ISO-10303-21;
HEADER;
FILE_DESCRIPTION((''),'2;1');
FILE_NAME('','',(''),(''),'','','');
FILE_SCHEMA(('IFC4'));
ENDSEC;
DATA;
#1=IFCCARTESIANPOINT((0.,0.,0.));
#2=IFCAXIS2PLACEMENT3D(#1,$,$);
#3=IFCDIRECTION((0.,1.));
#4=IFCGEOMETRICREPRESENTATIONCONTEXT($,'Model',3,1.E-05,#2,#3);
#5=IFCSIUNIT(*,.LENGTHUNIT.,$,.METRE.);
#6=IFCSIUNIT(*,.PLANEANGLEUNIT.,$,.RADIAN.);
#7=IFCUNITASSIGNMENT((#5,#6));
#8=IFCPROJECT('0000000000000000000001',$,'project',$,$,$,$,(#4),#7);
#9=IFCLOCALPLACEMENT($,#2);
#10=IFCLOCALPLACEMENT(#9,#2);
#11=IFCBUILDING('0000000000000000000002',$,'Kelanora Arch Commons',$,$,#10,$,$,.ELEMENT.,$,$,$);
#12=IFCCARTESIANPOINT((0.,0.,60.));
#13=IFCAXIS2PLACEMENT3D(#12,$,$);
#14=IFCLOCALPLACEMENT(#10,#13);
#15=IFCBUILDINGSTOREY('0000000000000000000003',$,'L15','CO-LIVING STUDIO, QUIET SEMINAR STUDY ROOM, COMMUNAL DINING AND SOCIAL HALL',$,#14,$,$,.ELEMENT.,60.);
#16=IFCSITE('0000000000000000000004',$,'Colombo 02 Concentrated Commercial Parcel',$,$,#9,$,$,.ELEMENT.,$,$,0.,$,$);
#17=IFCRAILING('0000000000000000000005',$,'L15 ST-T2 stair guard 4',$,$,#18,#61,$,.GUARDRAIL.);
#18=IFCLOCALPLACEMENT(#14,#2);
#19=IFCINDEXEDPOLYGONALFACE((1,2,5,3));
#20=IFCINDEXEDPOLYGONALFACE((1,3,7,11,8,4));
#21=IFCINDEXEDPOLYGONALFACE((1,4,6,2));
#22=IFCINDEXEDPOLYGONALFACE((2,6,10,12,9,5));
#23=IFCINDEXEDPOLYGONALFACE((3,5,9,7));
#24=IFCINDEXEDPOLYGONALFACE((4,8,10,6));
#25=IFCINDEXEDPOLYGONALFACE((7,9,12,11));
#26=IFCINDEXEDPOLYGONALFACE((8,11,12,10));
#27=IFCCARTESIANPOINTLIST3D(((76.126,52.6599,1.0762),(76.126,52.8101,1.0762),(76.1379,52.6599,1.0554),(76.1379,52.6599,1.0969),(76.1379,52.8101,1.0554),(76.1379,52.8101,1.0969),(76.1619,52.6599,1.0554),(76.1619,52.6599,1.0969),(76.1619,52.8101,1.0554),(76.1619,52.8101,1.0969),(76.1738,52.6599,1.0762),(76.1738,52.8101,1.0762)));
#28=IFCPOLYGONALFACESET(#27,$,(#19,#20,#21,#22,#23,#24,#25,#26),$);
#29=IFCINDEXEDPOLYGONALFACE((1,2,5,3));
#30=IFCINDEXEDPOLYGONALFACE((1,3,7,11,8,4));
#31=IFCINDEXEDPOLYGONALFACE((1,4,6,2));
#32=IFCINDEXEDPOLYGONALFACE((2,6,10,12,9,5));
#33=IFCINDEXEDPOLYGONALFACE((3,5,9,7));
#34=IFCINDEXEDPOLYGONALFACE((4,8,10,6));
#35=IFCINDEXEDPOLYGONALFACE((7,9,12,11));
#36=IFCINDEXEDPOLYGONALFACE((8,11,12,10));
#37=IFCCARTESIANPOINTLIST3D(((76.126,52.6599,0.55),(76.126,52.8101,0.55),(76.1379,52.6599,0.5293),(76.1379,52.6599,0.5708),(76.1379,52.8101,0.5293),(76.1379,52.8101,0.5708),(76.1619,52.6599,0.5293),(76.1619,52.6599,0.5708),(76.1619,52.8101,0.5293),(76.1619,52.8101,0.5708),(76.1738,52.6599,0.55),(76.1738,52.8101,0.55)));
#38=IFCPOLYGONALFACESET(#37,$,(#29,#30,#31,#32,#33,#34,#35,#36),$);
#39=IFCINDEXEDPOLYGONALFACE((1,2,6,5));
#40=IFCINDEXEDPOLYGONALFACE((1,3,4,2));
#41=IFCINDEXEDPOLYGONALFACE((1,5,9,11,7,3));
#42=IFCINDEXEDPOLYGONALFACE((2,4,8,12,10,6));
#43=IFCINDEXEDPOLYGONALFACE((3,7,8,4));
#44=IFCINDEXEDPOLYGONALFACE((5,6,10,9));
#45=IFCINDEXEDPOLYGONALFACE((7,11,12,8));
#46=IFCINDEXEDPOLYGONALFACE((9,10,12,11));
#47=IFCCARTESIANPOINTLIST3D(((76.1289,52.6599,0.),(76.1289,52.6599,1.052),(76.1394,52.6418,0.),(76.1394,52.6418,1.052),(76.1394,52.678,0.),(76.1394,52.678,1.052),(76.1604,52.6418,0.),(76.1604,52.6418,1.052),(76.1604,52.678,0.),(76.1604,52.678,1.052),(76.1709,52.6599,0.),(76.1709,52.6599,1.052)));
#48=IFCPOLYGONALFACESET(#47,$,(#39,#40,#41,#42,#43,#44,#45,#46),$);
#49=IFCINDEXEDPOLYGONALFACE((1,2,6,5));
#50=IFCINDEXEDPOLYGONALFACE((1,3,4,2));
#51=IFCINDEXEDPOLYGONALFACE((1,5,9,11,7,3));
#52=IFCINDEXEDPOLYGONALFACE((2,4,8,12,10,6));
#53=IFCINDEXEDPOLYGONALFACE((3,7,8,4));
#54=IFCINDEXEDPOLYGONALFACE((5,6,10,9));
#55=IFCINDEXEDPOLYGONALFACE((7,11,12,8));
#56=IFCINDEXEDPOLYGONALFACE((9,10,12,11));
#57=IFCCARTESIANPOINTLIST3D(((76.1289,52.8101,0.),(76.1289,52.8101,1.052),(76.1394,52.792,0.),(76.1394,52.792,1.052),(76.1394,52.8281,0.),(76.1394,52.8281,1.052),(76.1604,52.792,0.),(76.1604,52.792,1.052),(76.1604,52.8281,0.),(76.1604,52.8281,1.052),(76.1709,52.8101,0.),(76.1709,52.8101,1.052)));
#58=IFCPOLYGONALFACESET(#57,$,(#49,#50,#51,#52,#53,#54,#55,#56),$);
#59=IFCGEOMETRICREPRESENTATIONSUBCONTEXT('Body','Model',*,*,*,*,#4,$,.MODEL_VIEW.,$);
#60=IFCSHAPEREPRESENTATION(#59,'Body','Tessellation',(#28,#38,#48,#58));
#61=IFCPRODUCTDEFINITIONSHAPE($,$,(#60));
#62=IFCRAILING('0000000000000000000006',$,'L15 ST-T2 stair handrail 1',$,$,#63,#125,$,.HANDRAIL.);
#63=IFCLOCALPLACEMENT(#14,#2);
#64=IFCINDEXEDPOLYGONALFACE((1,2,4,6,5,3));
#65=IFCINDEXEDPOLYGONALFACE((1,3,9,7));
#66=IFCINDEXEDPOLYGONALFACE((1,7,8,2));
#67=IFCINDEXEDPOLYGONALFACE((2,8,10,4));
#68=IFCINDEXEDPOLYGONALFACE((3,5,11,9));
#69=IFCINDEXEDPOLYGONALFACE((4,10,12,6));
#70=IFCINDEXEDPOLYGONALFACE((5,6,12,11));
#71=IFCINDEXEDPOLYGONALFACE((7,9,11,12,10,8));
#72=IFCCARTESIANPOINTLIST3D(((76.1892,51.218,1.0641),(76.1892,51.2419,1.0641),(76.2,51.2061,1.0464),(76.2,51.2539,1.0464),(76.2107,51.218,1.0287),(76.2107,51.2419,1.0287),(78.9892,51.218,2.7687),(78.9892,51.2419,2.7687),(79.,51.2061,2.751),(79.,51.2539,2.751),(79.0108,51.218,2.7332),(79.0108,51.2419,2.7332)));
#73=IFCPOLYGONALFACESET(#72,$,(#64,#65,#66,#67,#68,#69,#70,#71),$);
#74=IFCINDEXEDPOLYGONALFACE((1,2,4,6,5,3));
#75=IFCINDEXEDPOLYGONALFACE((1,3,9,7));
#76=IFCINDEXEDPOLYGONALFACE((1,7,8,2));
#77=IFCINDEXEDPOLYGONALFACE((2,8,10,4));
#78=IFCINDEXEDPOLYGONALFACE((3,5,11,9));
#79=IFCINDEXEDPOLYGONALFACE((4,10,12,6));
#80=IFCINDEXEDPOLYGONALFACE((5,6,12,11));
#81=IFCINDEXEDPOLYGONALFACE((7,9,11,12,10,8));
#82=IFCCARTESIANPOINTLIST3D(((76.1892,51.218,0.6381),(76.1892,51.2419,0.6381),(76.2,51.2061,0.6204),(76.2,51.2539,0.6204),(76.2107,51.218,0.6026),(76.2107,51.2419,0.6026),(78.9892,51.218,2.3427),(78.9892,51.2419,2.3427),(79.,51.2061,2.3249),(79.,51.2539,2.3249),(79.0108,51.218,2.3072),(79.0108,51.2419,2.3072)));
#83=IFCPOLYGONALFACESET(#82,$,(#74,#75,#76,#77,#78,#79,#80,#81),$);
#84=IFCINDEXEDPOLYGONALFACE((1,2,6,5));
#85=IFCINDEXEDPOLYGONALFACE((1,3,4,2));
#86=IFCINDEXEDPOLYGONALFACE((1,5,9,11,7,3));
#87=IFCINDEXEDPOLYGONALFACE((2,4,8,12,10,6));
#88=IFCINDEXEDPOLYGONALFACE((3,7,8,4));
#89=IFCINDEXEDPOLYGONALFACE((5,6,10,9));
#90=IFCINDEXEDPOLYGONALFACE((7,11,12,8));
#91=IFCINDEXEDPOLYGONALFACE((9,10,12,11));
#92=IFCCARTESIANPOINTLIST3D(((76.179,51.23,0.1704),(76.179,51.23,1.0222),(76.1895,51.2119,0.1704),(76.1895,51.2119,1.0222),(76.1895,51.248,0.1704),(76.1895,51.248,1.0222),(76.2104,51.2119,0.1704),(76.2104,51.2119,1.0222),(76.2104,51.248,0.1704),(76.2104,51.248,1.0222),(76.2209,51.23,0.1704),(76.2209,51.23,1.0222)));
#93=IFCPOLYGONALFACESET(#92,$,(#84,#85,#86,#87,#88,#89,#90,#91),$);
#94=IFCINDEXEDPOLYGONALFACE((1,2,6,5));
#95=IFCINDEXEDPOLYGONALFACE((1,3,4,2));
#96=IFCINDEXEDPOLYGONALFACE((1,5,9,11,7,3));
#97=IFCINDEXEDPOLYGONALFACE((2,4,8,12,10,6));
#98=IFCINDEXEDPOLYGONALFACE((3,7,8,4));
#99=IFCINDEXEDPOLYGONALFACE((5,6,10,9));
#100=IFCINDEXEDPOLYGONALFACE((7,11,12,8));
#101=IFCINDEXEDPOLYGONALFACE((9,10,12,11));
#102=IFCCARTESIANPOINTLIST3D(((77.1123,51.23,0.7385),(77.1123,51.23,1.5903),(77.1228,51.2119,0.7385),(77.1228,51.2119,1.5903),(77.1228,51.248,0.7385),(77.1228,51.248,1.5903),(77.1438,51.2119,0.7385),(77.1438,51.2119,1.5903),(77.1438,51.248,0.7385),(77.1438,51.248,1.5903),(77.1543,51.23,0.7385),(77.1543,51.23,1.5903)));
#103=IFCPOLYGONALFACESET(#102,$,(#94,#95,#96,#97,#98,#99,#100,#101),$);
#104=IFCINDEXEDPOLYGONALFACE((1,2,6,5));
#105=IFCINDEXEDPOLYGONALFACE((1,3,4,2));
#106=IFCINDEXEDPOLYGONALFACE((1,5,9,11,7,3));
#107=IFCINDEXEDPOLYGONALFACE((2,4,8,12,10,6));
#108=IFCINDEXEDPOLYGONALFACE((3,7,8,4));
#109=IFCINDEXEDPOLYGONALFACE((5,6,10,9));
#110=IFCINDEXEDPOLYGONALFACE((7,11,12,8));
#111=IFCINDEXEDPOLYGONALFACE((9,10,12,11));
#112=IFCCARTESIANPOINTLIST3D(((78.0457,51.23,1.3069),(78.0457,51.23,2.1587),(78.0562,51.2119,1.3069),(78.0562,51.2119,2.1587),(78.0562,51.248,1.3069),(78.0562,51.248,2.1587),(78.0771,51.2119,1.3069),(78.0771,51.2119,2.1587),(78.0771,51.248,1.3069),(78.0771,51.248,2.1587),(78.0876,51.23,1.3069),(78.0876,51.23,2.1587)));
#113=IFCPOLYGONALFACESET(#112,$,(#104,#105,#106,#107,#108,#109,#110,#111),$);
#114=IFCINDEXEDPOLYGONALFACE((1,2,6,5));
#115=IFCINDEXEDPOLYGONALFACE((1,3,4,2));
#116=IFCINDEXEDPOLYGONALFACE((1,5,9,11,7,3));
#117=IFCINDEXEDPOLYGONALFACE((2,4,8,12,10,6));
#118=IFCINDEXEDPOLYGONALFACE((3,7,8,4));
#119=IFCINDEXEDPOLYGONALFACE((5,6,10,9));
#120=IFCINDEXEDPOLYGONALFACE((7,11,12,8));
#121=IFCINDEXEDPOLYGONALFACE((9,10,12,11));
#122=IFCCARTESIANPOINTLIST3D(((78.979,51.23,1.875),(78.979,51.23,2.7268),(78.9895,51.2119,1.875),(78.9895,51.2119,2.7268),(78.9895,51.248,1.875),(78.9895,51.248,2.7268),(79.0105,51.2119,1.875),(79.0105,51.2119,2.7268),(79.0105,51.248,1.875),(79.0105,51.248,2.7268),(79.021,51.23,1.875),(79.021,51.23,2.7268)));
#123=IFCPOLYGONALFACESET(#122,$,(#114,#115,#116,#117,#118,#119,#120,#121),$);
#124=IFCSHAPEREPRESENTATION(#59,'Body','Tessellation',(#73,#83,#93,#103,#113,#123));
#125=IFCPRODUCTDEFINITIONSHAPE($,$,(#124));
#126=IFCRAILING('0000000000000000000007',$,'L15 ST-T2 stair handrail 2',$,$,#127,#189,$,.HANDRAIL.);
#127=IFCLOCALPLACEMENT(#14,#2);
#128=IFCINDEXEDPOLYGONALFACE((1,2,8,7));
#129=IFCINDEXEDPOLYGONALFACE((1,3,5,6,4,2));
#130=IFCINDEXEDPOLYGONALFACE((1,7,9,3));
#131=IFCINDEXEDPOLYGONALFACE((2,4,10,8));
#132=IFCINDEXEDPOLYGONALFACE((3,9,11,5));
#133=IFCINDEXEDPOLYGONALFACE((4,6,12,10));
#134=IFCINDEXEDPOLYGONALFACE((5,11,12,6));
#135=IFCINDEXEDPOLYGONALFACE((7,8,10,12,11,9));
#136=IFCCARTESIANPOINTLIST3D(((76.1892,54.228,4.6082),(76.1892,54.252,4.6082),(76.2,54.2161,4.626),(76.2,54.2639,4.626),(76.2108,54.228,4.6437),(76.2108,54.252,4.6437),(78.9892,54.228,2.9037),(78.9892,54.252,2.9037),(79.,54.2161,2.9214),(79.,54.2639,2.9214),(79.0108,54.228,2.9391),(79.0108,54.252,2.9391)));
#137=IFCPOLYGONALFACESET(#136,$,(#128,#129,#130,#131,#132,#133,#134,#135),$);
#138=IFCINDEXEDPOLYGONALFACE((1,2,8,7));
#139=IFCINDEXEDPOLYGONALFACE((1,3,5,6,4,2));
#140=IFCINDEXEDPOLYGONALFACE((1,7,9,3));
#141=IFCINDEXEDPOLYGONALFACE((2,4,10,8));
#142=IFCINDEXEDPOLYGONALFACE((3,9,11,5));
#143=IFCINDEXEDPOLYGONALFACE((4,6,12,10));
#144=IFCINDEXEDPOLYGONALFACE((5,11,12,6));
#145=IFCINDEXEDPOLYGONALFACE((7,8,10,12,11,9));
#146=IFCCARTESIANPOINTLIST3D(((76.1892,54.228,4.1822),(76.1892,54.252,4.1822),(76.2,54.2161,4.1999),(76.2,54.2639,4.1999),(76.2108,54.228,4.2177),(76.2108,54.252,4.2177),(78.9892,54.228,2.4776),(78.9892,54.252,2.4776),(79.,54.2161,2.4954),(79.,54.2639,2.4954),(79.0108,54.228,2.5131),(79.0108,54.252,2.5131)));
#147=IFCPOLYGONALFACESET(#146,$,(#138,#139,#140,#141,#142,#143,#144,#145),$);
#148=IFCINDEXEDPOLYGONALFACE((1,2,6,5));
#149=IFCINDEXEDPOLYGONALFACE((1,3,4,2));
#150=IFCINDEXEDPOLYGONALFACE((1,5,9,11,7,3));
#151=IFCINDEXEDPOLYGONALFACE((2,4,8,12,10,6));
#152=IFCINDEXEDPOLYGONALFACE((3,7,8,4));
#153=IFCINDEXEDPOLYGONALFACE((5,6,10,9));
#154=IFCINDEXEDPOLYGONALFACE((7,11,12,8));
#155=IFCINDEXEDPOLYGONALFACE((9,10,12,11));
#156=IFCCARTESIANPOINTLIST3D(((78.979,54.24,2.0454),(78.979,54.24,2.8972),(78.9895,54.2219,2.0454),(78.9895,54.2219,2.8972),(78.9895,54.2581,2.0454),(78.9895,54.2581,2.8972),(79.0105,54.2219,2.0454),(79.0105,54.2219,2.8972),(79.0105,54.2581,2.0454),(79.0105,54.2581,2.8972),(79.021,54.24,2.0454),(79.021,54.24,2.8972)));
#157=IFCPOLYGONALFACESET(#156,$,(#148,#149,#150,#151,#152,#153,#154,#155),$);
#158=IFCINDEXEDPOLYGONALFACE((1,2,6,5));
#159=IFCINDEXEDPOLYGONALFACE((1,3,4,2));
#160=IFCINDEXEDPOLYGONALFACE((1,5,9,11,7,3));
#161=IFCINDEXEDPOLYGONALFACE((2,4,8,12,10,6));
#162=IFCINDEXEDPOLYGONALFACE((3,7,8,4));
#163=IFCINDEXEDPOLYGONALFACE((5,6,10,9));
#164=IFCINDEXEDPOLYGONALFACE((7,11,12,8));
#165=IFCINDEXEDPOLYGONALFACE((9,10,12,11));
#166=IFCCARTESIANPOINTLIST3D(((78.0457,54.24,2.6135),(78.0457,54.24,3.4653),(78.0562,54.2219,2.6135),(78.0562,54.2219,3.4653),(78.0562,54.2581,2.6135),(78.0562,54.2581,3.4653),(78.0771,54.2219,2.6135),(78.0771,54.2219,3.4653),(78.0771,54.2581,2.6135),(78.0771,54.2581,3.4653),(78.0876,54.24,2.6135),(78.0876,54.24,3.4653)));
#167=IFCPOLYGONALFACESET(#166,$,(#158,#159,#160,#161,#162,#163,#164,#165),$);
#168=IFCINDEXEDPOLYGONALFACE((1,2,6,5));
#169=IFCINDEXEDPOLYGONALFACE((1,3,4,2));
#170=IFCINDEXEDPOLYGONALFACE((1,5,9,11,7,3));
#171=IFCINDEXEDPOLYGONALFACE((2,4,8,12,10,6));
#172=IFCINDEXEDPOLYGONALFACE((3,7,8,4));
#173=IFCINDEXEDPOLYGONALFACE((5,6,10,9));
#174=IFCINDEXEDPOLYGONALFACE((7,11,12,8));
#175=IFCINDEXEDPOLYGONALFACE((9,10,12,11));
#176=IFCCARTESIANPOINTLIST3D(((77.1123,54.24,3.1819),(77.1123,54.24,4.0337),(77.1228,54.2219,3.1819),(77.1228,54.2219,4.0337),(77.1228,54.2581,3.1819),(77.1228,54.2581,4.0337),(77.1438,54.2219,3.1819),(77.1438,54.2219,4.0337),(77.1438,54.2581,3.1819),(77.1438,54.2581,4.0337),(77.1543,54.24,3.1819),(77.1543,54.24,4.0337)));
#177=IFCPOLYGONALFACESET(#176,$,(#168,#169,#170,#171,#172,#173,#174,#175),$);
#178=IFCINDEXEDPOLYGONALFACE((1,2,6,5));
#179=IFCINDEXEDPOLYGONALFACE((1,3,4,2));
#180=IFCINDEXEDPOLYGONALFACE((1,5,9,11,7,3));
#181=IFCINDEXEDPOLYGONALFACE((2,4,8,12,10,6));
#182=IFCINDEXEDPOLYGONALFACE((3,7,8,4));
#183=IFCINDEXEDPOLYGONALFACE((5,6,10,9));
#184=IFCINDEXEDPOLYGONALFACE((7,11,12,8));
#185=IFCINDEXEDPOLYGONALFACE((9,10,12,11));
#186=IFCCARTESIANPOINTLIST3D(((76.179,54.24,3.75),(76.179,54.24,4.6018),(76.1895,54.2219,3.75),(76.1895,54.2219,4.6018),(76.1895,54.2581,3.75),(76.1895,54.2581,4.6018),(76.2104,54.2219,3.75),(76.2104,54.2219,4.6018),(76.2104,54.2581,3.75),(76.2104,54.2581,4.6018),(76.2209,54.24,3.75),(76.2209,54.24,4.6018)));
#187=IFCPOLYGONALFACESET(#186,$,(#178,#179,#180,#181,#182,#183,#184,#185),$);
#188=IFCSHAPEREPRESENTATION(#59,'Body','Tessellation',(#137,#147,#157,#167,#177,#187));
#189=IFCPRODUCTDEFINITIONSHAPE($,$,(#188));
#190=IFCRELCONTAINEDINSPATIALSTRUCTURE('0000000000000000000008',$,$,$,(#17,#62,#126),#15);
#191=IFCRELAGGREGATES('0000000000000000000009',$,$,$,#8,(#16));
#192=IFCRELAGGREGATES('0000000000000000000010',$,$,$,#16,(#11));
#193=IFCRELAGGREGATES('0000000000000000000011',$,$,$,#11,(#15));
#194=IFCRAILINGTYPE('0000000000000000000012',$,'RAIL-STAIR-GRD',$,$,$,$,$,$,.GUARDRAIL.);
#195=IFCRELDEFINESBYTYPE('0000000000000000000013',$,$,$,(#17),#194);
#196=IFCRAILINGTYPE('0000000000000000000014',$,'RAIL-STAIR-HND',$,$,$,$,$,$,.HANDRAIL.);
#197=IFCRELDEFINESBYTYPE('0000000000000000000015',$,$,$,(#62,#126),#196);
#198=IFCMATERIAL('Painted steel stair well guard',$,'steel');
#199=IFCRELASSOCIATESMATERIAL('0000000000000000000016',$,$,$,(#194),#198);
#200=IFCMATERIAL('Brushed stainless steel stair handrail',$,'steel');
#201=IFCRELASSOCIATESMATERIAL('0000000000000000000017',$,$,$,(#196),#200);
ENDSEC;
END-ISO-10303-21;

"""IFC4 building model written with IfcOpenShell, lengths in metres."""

from ifc_helpers import new_model, si_unit, direction, frame, origin, place, context, subcontext, project, spatial, polyline, outline, extrude, material, type_object, element, save


model = new_model("IFC4")

# Units and contexts
model_context = context("Model", 3, precision=1e-05, world=origin(), true_north=direction((0.0, 1.0)))
body_context = subcontext(model_context, "Body", "Model", "MODEL_VIEW")
ifc_project = project(units=[si_unit("LENGTHUNIT", "METRE"), si_unit("PLANEANGLEUNIT", "RADIAN")], contexts=[model_context])

# Site, building, storey
site_placement = place(None, origin())
site = spatial("IfcSite", under=ifc_project, at=site_placement, Name="Colombo 02 Concentrated Commercial Parcel", CompositionType="ELEMENT", RefElevation=0.0)
building_placement = place(site_placement, origin())
building = spatial("IfcBuilding", under=site, at=building_placement, Name="Kelanora Arch Commons", CompositionType="ELEMENT")
storey_placement = place(building_placement, frame((0.0, 0.0, 60.0)))
storey = spatial("IfcBuildingStorey", under=building, at=storey_placement, Name="L15", Description="CO-LIVING STUDIO, QUIET SEMINAR STUDY ROOM, COMMUNAL DINING AND SOCIAL HALL", CompositionType="ELEMENT", Elevation=60.0)

# Railings
ifc_material_1 = material(Name="Painted steel stair well guard", Category="steel")
railing_type_1 = type_object("IfcRailingType", Name="RAIL-STAIR-GRD", PredefinedType="GUARDRAIL", material=ifc_material_1)
railing_1_placement = place(storey_placement, frame((76.1499, 52.6599, 0.0)))
element("IfcRailing", 1, at=railing_1_placement, inside=storey, type_object=railing_type_1, Name="L15 ST-T2 stair guard 4", PredefinedType="GUARDRAIL", context=body_context, shape_type="SweptSolid", body=[
    extrude(outline(polyline([(0.0239, 0.0), (0.012, 0.0208), (-0.012, 0.0208), (-0.0239, 0.0), (-0.012, -0.0208), (0.012, -0.0208), (0.0239, 0.0)])), frame((0.0, 0.0, 1.0762), z_axis=(0.0, 1.0, 0.0), x_axis=(-1.0, 0.0, 0.0)), (0.0, 0.0, 1.0), 0.1501),
    extrude(outline(polyline([(0.0239, 0.0), (0.012, 0.0208), (-0.012, 0.0208), (-0.0239, 0.0), (-0.012, -0.0208), (0.012, -0.0208), (0.0239, 0.0)])), frame((0.0, 0.0, 0.55), z_axis=(0.0, 1.0, 0.0), x_axis=(-1.0, 0.0, 0.0)), (0.0, 0.0, 1.0), 0.1501),
    extrude(outline(polyline([(0.021, 0.0), (0.0105, 0.0181), (-0.0105, 0.0181), (-0.021, 0.0), (-0.0105, -0.0181), (0.0105, -0.0181), (0.021, 0.0)])), origin(), (0.0, 0.0, 1.0), 1.052),
    extrude(outline(polyline([(0.021, 0.0), (0.0105, 0.0181), (-0.0105, 0.0181), (-0.021, 0.0), (-0.0105, -0.0181), (0.0105, -0.0181), (0.021, 0.0)])), frame((0.0, 0.1501, 0.0)), (0.0, 0.0, 1.0), 1.052),
])
ifc_material_2 = material(Name="Brushed stainless steel stair handrail", Category="steel")
railing_type_2 = type_object("IfcRailingType", Name="RAIL-STAIR-HND", PredefinedType="HANDRAIL", material=ifc_material_2)
railing_2_placement = place(storey_placement, frame((76.2, 51.23, 0.1704)))
element("IfcRailing", 2, at=railing_2_placement, inside=storey, type_object=railing_type_2, Name="L15 ST-T2 stair handrail 1", PredefinedType="HANDRAIL", context=body_context, shape_type="SweptSolid", body=[
    extrude(outline(polyline([(0.0239, 0.0), (0.012, 0.0208), (-0.012, 0.0208), (-0.0239, 0.0), (-0.012, -0.0208), (0.012, -0.0208), (0.0239, 0.0)])), frame((0.0, 0.0, 0.876), z_axis=(0.85417, 0.0, 0.519994), x_axis=(0.0, 1.0, 0.0)), (0.0, 0.0, 1.0), 3.2781),
    extrude(outline(polyline([(0.0239, 0.0), (0.012, 0.0208), (-0.012, 0.0208), (-0.0239, 0.0), (-0.012, -0.0208), (0.012, -0.0208), (0.0239, 0.0)])), frame((0.0, 0.0, 0.45), z_axis=(0.85417, 0.0, 0.519994), x_axis=(0.0, 1.0, 0.0)), (0.0, 0.0, 1.0), 3.2781),
    extrude(outline(polyline([(0.021, 0.0), (0.0105, 0.0181), (-0.0105, 0.0181), (-0.021, 0.0), (-0.0105, -0.0181), (0.0105, -0.0181), (0.021, 0.0)])), origin(), (0.0, 0.0, 1.0), 0.8518),
    extrude(outline(polyline([(0.021, 0.0), (0.0105, 0.0181), (-0.0105, 0.0181), (-0.021, 0.0), (-0.0105, -0.0181), (0.0105, -0.0181), (0.021, 0.0)])), frame((0.9333, 0.0, 0.5681)), (0.0, 0.0, 1.0), 0.8518),
    extrude(outline(polyline([(0.021, 0.0), (0.0105, 0.0181), (-0.0105, 0.0181), (-0.021, 0.0), (-0.0105, -0.0181), (0.0105, -0.0181), (0.021, 0.0)])), frame((1.8667, 0.0, 1.1365)), (0.0, 0.0, 1.0), 0.8518),
    extrude(outline(polyline([(0.021, 0.0), (0.0105, 0.0181), (-0.0105, 0.0181), (-0.021, 0.0), (-0.0105, -0.0181), (0.0105, -0.0181), (0.021, 0.0)])), frame((2.8, 0.0, 1.7046)), (0.0, 0.0, 1.0), 0.8518),
])
railing_3_placement = place(storey_placement, frame((79.0, 54.24, 2.0454)))
element("IfcRailing", 3, at=railing_3_placement, inside=storey, type_object=railing_type_2, Name="L15 ST-T2 stair handrail 2", PredefinedType="HANDRAIL", context=body_context, shape_type="SweptSolid", body=[
    extrude(outline(polyline([(0.0239, 0.0), (0.012, 0.0208), (-0.012, 0.0208), (-0.0239, 0.0), (-0.012, -0.0208), (0.012, -0.0208), (0.0239, 0.0)])), frame((0.0, 0.0, 0.876), z_axis=(-0.85417, 0.0, 0.519994), x_axis=(0.0, -1.0, 0.0)), (0.0, 0.0, 1.0), 3.2781),
    extrude(outline(polyline([(0.0239, 0.0), (0.012, 0.0208), (-0.012, 0.0208), (-0.0239, 0.0), (-0.012, -0.0208), (0.012, -0.0208), (0.0239, 0.0)])), frame((0.0, 0.0, 0.45), z_axis=(-0.85417, 0.0, 0.519994), x_axis=(0.0, -1.0, 0.0)), (0.0, 0.0, 1.0), 3.2781),
    extrude(outline(polyline([(0.021, 0.0), (0.0105, 0.0181), (-0.0105, 0.0181), (-0.021, 0.0), (-0.0105, -0.0181), (0.0105, -0.0181), (0.021, 0.0)])), origin(), (0.0, 0.0, 1.0), 0.8518),
    extrude(outline(polyline([(0.021, 0.0), (0.0105, 0.0181), (-0.0105, 0.0181), (-0.021, 0.0), (-0.0105, -0.0181), (0.0105, -0.0181), (0.021, 0.0)])), frame((-0.9333, 0.0, 0.5681)), (0.0, 0.0, 1.0), 0.8518),
    extrude(outline(polyline([(0.021, 0.0), (0.0105, 0.0181), (-0.0105, 0.0181), (-0.021, 0.0), (-0.0105, -0.0181), (0.0105, -0.0181), (0.021, 0.0)])), frame((-1.8667, 0.0, 1.1365)), (0.0, 0.0, 1.0), 0.8518),
    extrude(outline(polyline([(0.021, 0.0), (0.0105, 0.0181), (-0.0105, 0.0181), (-0.021, 0.0), (-0.0105, -0.0181), (0.0105, -0.0181), (0.021, 0.0)])), frame((-2.8, 0.0, 1.7046)), (0.0, 0.0, 1.0), 0.8518),
])

save(model, "model.ifc")
